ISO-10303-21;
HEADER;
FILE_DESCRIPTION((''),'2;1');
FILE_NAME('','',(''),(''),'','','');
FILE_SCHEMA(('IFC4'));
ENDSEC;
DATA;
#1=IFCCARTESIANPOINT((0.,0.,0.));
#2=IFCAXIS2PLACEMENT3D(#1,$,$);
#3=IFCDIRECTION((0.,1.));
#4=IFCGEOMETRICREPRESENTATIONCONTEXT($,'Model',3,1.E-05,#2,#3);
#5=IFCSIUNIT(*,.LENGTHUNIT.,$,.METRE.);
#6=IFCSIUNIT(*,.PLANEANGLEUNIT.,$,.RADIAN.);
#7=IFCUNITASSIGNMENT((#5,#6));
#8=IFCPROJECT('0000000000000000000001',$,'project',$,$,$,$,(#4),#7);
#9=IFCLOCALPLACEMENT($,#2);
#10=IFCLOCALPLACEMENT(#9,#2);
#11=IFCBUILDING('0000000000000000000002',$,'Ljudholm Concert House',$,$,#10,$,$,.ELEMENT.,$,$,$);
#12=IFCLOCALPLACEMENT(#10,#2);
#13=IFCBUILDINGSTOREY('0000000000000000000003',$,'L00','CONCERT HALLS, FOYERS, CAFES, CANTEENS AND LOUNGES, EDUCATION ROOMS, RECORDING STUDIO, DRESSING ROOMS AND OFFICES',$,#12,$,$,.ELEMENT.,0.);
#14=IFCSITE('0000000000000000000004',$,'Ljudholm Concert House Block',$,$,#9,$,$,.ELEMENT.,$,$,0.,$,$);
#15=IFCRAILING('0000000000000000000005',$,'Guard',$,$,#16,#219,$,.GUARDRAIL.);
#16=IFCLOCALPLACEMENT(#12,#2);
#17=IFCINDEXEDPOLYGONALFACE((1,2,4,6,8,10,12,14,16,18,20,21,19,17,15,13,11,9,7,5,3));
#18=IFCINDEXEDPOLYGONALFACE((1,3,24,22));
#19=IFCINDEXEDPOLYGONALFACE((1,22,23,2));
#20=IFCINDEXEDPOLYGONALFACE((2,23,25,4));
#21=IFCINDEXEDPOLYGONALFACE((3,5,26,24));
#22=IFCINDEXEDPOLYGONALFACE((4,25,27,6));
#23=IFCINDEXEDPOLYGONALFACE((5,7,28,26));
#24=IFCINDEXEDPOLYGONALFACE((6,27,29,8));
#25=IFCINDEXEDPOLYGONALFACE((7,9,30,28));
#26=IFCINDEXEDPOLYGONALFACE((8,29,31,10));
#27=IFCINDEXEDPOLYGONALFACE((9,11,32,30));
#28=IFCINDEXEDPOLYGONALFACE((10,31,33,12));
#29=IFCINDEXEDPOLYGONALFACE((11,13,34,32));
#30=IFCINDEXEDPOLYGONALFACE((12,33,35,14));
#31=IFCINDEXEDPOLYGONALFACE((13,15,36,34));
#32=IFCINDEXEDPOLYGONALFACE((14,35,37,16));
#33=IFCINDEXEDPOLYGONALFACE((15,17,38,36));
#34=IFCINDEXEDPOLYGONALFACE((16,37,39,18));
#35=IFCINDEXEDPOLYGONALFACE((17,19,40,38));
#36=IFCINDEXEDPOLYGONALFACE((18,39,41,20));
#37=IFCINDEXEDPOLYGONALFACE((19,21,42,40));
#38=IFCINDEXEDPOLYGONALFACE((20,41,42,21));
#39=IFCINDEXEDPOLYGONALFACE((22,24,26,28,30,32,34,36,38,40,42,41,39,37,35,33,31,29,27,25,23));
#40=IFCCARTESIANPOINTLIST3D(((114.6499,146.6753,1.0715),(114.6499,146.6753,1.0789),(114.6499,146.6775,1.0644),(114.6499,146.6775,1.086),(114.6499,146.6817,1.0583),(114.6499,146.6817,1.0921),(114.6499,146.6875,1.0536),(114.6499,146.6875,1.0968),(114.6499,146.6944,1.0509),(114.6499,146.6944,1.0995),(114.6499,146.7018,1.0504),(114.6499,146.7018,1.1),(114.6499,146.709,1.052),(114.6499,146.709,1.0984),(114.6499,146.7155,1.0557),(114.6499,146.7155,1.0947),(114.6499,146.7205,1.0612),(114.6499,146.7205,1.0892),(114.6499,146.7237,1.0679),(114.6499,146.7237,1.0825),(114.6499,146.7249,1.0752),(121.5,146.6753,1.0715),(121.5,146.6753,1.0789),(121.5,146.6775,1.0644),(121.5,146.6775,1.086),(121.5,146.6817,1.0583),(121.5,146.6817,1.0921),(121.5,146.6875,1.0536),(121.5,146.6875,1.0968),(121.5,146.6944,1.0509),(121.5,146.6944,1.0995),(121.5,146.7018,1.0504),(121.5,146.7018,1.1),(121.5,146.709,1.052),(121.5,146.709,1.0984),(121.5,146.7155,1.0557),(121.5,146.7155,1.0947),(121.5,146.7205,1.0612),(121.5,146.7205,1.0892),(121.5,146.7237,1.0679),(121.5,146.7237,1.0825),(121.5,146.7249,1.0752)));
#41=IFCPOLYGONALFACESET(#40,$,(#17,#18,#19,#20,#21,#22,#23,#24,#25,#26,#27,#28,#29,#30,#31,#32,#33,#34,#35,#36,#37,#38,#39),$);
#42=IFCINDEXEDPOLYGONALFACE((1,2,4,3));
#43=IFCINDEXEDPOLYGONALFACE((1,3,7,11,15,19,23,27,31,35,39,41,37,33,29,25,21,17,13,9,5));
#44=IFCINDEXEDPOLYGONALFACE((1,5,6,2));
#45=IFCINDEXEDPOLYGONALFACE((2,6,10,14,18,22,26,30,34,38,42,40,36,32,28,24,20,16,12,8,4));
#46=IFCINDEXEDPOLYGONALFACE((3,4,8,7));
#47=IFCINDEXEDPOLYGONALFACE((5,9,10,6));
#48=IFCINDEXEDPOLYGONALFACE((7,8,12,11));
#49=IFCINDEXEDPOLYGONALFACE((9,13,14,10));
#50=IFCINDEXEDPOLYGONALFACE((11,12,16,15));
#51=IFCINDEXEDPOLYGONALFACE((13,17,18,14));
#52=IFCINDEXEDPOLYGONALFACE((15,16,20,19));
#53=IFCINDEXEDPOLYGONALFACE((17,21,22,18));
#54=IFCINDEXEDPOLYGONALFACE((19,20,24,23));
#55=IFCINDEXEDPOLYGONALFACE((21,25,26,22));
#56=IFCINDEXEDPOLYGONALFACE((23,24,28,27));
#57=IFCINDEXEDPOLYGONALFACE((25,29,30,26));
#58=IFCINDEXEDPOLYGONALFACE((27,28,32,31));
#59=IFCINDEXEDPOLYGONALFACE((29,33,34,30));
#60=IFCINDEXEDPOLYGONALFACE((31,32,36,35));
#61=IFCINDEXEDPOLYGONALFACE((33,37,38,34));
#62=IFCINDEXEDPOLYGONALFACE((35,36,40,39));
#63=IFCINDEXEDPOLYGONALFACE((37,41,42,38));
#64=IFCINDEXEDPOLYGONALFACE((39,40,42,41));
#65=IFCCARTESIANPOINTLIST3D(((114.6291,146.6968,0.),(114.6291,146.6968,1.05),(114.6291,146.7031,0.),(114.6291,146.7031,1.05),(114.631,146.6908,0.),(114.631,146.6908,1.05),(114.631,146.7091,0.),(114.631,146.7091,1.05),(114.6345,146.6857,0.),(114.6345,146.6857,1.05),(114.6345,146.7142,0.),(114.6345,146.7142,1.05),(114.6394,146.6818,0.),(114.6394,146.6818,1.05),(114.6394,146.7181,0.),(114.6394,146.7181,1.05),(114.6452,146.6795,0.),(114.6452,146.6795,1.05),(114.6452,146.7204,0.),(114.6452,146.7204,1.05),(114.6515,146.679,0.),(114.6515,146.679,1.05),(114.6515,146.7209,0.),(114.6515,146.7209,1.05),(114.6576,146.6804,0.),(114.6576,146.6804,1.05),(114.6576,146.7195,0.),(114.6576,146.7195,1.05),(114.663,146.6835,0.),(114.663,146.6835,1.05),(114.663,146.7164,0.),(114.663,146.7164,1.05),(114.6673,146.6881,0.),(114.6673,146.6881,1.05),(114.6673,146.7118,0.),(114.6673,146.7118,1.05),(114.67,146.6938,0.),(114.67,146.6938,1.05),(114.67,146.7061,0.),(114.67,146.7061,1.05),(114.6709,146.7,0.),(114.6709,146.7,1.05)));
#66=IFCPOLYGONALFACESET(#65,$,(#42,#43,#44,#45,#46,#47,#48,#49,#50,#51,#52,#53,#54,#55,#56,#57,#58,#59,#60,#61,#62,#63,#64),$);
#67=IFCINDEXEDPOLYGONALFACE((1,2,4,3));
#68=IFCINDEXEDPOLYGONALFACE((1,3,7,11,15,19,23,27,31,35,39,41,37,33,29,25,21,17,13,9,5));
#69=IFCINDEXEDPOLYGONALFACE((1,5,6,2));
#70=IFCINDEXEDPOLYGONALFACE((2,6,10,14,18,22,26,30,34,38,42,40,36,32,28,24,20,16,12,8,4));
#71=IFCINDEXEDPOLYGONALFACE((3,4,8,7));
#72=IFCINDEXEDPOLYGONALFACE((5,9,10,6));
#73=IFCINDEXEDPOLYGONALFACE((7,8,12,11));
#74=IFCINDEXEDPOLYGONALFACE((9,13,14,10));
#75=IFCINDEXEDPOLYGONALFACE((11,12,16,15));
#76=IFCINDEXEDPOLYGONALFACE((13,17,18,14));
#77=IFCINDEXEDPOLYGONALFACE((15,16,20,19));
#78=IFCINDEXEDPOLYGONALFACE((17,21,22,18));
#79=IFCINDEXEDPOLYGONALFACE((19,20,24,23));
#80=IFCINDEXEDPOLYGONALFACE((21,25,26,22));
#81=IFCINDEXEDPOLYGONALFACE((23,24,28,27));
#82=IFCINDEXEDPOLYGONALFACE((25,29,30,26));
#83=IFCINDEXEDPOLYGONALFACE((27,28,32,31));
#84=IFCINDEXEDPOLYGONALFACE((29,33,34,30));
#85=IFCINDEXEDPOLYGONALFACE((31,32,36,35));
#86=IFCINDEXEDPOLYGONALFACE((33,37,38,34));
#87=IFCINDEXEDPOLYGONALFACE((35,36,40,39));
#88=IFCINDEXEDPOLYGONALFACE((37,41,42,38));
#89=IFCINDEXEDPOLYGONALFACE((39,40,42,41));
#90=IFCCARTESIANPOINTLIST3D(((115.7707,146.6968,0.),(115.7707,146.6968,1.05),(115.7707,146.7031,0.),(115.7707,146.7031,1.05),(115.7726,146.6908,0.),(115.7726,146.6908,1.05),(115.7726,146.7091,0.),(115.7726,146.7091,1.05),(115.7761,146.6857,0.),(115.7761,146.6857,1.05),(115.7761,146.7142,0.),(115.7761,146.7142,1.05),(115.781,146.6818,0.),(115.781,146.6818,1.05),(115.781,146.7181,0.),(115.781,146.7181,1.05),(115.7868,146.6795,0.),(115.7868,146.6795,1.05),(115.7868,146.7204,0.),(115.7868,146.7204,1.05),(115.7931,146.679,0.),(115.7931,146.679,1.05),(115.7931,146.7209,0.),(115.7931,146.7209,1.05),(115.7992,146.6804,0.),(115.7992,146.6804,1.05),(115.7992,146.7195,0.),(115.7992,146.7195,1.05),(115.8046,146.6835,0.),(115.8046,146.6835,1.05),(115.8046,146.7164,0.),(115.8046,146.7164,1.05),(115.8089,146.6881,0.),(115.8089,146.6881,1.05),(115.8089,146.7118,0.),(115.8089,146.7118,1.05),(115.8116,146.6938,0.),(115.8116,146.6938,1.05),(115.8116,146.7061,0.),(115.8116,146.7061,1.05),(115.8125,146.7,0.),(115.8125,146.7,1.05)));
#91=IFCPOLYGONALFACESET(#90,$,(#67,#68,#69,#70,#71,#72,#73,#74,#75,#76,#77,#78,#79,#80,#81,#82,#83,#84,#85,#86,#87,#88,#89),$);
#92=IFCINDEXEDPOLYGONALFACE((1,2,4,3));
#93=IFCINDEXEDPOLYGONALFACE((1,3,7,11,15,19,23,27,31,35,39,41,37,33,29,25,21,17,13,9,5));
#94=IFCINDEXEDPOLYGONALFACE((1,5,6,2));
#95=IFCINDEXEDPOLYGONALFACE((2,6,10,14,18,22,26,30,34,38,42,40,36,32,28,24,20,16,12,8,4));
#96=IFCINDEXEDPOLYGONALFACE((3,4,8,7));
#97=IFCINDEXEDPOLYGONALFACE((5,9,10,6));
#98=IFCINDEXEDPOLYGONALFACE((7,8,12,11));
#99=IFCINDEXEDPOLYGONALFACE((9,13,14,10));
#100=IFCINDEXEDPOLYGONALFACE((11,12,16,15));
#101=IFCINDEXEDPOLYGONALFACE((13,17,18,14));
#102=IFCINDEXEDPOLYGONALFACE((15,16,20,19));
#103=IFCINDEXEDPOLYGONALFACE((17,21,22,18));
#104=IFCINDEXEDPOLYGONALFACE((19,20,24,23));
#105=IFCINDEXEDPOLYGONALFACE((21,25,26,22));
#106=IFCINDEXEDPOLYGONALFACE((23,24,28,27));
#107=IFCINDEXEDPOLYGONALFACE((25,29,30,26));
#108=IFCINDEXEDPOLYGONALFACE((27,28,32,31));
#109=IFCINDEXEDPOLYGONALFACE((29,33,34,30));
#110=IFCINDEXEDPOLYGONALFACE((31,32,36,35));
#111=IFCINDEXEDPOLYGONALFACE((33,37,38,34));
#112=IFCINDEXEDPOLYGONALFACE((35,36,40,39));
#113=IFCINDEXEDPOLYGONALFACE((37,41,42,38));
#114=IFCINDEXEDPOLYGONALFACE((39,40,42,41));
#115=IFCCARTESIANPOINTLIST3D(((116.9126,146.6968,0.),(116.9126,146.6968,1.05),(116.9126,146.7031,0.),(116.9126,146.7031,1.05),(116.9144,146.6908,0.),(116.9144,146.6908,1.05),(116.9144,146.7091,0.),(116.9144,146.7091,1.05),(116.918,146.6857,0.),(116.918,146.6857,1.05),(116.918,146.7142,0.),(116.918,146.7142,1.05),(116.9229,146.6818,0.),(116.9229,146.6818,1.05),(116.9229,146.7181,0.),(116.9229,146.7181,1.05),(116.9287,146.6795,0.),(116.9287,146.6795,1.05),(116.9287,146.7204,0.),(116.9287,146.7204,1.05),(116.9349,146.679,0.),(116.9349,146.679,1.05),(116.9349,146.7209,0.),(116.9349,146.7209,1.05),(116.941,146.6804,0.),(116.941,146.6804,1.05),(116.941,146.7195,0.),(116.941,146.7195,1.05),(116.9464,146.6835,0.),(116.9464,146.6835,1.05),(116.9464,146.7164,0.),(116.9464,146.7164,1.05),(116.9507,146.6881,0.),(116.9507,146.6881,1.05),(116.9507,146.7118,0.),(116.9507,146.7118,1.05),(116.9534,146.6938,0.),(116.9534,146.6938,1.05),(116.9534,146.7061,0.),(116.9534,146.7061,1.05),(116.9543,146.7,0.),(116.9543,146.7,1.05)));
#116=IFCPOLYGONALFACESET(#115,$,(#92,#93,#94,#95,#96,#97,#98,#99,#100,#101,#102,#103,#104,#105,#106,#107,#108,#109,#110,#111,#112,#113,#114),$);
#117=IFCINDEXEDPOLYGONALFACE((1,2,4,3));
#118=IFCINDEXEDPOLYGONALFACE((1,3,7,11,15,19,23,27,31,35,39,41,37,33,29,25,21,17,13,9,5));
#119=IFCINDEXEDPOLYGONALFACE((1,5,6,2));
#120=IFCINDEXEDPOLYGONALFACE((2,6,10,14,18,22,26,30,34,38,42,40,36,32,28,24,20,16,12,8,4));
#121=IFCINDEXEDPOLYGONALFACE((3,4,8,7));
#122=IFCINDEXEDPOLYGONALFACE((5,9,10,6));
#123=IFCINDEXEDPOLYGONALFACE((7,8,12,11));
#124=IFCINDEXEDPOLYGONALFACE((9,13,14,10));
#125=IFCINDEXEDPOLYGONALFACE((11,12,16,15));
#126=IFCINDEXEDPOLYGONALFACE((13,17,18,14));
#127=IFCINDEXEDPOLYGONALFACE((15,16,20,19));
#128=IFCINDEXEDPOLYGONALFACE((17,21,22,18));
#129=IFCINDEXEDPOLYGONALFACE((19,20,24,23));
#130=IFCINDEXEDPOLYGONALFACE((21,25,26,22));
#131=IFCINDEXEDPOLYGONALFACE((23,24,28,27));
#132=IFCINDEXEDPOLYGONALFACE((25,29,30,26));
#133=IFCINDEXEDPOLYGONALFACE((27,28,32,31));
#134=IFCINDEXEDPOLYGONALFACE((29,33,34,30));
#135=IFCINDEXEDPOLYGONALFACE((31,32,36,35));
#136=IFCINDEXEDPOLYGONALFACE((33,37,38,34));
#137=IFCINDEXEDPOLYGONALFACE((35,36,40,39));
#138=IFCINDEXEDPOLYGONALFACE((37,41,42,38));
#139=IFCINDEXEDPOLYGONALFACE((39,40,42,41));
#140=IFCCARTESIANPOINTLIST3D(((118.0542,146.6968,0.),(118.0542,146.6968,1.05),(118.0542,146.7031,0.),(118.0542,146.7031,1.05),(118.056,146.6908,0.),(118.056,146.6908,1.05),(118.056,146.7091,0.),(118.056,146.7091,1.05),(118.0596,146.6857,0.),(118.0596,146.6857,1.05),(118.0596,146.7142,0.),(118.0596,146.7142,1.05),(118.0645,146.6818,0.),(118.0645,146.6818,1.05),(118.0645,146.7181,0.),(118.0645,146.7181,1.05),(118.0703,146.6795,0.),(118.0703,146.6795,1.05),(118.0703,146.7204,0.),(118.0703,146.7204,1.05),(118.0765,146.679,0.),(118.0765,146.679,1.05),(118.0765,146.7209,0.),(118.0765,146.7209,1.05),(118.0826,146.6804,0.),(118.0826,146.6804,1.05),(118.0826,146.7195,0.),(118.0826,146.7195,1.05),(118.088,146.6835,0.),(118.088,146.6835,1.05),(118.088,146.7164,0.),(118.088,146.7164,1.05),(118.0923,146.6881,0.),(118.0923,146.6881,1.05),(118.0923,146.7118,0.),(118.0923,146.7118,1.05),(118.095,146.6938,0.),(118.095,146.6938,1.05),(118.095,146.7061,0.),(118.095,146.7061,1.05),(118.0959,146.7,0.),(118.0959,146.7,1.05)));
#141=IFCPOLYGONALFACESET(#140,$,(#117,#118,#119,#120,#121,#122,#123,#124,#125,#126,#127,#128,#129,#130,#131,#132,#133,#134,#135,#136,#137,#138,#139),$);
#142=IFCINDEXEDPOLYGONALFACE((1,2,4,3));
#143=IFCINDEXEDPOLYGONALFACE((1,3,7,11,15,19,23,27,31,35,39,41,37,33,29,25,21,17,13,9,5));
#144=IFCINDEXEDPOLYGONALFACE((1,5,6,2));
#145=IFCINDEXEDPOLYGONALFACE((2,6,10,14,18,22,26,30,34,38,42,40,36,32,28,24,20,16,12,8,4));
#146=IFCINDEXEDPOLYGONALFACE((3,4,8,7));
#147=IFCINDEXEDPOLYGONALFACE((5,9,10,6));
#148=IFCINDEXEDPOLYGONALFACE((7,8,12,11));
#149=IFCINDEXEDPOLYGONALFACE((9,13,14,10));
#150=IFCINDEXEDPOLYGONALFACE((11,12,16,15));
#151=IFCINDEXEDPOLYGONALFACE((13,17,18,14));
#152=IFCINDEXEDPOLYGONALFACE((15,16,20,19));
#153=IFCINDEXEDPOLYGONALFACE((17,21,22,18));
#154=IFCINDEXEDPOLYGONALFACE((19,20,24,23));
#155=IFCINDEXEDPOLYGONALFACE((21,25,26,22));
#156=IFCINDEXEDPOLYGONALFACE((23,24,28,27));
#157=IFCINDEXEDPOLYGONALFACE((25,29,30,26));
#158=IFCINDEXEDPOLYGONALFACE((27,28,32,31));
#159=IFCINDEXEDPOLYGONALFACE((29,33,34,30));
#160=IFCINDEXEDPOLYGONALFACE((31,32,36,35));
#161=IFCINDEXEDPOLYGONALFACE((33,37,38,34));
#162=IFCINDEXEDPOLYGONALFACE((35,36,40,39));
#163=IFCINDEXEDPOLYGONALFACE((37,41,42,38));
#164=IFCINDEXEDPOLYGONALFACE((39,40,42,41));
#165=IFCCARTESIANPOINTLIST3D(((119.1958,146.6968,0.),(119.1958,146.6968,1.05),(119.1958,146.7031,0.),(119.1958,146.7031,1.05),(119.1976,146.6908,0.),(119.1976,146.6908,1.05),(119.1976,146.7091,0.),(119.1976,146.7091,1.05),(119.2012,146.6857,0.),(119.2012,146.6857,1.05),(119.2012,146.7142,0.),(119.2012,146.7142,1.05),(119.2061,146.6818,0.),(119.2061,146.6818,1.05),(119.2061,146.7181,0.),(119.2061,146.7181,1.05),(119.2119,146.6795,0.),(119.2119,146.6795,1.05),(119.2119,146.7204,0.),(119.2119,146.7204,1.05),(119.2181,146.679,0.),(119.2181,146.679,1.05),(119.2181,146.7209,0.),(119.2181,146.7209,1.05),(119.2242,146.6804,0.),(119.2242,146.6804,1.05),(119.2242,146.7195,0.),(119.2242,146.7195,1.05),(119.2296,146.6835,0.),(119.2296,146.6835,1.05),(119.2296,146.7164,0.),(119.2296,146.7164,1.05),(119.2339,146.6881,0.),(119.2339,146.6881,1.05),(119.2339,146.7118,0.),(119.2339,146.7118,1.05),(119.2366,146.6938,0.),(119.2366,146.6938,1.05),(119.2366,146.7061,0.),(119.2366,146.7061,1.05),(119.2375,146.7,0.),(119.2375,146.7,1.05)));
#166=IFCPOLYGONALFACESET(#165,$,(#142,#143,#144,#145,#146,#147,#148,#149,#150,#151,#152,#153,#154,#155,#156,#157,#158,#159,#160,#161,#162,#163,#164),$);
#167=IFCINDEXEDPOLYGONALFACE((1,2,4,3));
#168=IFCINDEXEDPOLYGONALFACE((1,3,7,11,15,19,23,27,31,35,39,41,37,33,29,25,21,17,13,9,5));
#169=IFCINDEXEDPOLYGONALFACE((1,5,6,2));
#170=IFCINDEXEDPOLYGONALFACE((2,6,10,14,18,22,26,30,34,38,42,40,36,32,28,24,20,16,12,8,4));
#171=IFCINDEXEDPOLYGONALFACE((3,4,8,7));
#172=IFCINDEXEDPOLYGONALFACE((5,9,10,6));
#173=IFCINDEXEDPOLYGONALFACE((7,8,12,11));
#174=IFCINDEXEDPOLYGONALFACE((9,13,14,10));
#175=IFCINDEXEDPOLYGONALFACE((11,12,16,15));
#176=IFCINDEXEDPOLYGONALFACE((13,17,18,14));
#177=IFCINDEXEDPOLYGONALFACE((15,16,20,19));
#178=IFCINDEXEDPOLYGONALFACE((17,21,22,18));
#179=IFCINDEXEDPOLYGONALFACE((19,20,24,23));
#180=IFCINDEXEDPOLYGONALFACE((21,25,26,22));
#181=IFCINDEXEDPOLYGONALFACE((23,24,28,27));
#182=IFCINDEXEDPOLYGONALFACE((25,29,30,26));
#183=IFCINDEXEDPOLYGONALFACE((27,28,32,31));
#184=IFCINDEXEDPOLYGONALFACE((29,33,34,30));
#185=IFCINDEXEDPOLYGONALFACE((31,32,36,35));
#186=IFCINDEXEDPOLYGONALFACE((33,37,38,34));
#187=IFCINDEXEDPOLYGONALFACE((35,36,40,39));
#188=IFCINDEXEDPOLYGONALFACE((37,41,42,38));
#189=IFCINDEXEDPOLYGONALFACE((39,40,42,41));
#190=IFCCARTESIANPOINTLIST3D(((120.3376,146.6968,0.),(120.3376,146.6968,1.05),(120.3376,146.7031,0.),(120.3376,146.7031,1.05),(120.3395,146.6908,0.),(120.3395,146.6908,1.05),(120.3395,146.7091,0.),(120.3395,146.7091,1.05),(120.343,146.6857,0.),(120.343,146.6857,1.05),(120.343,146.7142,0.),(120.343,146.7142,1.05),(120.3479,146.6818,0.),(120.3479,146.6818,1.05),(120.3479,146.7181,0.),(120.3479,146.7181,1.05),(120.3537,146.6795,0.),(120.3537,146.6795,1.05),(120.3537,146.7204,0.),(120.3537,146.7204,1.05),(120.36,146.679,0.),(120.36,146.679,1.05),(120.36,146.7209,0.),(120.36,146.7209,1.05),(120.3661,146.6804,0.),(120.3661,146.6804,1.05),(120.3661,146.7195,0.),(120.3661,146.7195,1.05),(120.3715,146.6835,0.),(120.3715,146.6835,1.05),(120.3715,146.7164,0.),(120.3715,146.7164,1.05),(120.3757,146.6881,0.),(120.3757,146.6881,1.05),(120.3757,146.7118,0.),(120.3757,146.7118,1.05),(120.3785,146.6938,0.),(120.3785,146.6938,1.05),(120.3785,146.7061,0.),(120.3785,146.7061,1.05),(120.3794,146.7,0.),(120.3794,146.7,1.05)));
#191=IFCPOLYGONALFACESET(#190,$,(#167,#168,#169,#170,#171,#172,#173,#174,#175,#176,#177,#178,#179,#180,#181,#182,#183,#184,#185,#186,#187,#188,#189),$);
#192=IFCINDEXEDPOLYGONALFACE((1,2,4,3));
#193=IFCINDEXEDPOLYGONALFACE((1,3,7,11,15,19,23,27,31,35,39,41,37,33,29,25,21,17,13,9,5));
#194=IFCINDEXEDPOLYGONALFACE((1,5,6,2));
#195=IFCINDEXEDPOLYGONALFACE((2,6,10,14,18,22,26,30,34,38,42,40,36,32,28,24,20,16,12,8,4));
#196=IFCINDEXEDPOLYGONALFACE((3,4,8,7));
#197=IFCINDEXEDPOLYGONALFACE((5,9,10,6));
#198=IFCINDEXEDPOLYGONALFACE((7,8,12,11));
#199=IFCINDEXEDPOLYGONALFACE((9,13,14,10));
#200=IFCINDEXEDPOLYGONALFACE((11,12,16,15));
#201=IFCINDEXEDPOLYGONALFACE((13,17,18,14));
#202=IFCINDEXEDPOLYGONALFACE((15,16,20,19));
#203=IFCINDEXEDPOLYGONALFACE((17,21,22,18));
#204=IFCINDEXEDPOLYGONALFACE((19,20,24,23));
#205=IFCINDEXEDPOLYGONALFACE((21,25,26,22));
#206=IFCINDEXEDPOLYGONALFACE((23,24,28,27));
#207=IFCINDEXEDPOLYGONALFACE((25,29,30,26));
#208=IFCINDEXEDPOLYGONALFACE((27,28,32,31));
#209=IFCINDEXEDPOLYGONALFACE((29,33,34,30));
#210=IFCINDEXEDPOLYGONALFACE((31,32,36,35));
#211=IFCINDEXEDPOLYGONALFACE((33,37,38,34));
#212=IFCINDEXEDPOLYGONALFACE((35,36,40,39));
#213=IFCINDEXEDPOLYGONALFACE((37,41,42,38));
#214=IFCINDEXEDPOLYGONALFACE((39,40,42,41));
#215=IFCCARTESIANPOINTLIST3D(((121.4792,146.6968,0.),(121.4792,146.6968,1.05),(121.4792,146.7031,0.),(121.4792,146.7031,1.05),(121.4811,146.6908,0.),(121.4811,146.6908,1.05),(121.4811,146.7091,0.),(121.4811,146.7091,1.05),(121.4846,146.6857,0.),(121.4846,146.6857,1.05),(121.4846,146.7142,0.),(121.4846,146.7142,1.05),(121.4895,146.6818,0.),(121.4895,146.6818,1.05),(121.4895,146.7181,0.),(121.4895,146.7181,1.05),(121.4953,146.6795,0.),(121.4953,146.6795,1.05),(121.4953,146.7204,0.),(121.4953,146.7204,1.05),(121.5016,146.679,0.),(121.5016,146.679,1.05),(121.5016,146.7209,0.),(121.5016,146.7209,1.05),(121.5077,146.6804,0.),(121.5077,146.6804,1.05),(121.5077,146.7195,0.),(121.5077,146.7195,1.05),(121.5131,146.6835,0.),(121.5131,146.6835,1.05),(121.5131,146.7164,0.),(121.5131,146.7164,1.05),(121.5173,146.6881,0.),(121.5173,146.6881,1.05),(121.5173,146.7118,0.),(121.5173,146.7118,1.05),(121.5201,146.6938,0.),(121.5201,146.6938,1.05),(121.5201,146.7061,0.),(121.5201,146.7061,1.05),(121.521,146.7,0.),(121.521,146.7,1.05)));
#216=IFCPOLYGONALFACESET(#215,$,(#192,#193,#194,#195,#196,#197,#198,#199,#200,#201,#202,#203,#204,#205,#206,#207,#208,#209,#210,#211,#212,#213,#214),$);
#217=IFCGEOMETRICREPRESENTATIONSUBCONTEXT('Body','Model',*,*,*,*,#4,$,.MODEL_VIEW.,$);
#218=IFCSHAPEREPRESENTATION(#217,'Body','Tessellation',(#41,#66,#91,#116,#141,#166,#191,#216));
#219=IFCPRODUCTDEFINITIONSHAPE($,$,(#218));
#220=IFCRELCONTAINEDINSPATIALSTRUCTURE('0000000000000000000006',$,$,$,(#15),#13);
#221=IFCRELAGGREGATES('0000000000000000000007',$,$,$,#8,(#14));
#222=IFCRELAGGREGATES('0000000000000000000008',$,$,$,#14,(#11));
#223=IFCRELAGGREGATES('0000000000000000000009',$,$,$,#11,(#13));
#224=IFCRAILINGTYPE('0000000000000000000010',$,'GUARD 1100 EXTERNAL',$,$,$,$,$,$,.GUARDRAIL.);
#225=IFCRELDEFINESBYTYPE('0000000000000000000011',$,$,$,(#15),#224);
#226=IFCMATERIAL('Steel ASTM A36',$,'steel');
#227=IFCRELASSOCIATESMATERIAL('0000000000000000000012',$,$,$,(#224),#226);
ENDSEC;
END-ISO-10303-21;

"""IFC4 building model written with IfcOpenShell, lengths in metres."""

from ifc_helpers import new_model, si_unit, direction, frame, origin, origin_2d, place, context, subcontext, project, spatial, circle, extrude, material, type_object, element, save


model = new_model("IFC4")

# Units and contexts
model_context = context("Model", 3, precision=1e-05, world=origin(), true_north=direction((0.0, 1.0)))
body_context = subcontext(model_context, "Body", "Model", "MODEL_VIEW")
ifc_project = project(units=[si_unit("LENGTHUNIT", "METRE"), si_unit("PLANEANGLEUNIT", "RADIAN")], contexts=[model_context])

# Site, building, storey
site_placement = place(None, origin())
site = spatial("IfcSite", under=ifc_project, at=site_placement, Name="Ljudholm Concert House Block", CompositionType="ELEMENT", RefElevation=0.0)
building_placement = place(site_placement, origin())
building = spatial("IfcBuilding", under=site, at=building_placement, Name="Ljudholm Concert House", CompositionType="ELEMENT")
storey_placement = place(building_placement, origin())
storey = spatial("IfcBuildingStorey", under=building, at=storey_placement, Name="L00", Description="CONCERT HALLS, FOYERS, CAFES, CANTEENS AND LOUNGES, EDUCATION ROOMS, RECORDING STUDIO, DRESSING ROOMS AND OFFICES", CompositionType="ELEMENT", Elevation=0.0)

# Railing
ifc_material_1 = material(Name="Steel ASTM A36", Category="steel")
railing_type = type_object("IfcRailingType", Name="GUARD 1100 EXTERNAL", PredefinedType="GUARDRAIL", material=ifc_material_1)
railing_1_placement = place(storey_placement, frame((114.6499, 146.7, 0.0)))
element("IfcRailing", 1, at=railing_1_placement, inside=storey, type_object=railing_type, Name="Guard", PredefinedType="GUARDRAIL", context=body_context, shape_type="SweptSolid", body=[
    extrude(circle(Radius=0.0249, at=origin_2d()), frame((0.0, 0.0, 1.0752), z_axis=(1.0, 0.0, 0.0), x_axis=(0.0, 1.0, 0.0)), (0.0, 0.0, 1.0), 6.8501),
    extrude(circle(Radius=0.021, at=origin_2d()), origin(), (0.0, 0.0, 1.0), 1.05),
    extrude(circle(Radius=0.021, at=origin_2d()), frame((1.1416, 0.0, 0.0)), (0.0, 0.0, 1.0), 1.05),
    extrude(circle(Radius=0.021, at=origin_2d()), frame((2.2834, 0.0, 0.0)), (0.0, 0.0, 1.0), 1.05),
    extrude(circle(Radius=0.021, at=origin_2d()), frame((3.425, 0.0, 0.0)), (0.0, 0.0, 1.0), 1.05),
    extrude(circle(Radius=0.021, at=origin_2d()), frame((4.5667, 0.0, 0.0)), (0.0, 0.0, 1.0), 1.05),
    extrude(circle(Radius=0.021, at=origin_2d()), frame((5.7085, 0.0, 0.0)), (0.0, 0.0, 1.0), 1.05),
    extrude(circle(Radius=0.021, at=origin_2d()), frame((6.8501, 0.0, 0.0)), (0.0, 0.0, 1.0), 1.05),
])

save(model, "model.ifc")
